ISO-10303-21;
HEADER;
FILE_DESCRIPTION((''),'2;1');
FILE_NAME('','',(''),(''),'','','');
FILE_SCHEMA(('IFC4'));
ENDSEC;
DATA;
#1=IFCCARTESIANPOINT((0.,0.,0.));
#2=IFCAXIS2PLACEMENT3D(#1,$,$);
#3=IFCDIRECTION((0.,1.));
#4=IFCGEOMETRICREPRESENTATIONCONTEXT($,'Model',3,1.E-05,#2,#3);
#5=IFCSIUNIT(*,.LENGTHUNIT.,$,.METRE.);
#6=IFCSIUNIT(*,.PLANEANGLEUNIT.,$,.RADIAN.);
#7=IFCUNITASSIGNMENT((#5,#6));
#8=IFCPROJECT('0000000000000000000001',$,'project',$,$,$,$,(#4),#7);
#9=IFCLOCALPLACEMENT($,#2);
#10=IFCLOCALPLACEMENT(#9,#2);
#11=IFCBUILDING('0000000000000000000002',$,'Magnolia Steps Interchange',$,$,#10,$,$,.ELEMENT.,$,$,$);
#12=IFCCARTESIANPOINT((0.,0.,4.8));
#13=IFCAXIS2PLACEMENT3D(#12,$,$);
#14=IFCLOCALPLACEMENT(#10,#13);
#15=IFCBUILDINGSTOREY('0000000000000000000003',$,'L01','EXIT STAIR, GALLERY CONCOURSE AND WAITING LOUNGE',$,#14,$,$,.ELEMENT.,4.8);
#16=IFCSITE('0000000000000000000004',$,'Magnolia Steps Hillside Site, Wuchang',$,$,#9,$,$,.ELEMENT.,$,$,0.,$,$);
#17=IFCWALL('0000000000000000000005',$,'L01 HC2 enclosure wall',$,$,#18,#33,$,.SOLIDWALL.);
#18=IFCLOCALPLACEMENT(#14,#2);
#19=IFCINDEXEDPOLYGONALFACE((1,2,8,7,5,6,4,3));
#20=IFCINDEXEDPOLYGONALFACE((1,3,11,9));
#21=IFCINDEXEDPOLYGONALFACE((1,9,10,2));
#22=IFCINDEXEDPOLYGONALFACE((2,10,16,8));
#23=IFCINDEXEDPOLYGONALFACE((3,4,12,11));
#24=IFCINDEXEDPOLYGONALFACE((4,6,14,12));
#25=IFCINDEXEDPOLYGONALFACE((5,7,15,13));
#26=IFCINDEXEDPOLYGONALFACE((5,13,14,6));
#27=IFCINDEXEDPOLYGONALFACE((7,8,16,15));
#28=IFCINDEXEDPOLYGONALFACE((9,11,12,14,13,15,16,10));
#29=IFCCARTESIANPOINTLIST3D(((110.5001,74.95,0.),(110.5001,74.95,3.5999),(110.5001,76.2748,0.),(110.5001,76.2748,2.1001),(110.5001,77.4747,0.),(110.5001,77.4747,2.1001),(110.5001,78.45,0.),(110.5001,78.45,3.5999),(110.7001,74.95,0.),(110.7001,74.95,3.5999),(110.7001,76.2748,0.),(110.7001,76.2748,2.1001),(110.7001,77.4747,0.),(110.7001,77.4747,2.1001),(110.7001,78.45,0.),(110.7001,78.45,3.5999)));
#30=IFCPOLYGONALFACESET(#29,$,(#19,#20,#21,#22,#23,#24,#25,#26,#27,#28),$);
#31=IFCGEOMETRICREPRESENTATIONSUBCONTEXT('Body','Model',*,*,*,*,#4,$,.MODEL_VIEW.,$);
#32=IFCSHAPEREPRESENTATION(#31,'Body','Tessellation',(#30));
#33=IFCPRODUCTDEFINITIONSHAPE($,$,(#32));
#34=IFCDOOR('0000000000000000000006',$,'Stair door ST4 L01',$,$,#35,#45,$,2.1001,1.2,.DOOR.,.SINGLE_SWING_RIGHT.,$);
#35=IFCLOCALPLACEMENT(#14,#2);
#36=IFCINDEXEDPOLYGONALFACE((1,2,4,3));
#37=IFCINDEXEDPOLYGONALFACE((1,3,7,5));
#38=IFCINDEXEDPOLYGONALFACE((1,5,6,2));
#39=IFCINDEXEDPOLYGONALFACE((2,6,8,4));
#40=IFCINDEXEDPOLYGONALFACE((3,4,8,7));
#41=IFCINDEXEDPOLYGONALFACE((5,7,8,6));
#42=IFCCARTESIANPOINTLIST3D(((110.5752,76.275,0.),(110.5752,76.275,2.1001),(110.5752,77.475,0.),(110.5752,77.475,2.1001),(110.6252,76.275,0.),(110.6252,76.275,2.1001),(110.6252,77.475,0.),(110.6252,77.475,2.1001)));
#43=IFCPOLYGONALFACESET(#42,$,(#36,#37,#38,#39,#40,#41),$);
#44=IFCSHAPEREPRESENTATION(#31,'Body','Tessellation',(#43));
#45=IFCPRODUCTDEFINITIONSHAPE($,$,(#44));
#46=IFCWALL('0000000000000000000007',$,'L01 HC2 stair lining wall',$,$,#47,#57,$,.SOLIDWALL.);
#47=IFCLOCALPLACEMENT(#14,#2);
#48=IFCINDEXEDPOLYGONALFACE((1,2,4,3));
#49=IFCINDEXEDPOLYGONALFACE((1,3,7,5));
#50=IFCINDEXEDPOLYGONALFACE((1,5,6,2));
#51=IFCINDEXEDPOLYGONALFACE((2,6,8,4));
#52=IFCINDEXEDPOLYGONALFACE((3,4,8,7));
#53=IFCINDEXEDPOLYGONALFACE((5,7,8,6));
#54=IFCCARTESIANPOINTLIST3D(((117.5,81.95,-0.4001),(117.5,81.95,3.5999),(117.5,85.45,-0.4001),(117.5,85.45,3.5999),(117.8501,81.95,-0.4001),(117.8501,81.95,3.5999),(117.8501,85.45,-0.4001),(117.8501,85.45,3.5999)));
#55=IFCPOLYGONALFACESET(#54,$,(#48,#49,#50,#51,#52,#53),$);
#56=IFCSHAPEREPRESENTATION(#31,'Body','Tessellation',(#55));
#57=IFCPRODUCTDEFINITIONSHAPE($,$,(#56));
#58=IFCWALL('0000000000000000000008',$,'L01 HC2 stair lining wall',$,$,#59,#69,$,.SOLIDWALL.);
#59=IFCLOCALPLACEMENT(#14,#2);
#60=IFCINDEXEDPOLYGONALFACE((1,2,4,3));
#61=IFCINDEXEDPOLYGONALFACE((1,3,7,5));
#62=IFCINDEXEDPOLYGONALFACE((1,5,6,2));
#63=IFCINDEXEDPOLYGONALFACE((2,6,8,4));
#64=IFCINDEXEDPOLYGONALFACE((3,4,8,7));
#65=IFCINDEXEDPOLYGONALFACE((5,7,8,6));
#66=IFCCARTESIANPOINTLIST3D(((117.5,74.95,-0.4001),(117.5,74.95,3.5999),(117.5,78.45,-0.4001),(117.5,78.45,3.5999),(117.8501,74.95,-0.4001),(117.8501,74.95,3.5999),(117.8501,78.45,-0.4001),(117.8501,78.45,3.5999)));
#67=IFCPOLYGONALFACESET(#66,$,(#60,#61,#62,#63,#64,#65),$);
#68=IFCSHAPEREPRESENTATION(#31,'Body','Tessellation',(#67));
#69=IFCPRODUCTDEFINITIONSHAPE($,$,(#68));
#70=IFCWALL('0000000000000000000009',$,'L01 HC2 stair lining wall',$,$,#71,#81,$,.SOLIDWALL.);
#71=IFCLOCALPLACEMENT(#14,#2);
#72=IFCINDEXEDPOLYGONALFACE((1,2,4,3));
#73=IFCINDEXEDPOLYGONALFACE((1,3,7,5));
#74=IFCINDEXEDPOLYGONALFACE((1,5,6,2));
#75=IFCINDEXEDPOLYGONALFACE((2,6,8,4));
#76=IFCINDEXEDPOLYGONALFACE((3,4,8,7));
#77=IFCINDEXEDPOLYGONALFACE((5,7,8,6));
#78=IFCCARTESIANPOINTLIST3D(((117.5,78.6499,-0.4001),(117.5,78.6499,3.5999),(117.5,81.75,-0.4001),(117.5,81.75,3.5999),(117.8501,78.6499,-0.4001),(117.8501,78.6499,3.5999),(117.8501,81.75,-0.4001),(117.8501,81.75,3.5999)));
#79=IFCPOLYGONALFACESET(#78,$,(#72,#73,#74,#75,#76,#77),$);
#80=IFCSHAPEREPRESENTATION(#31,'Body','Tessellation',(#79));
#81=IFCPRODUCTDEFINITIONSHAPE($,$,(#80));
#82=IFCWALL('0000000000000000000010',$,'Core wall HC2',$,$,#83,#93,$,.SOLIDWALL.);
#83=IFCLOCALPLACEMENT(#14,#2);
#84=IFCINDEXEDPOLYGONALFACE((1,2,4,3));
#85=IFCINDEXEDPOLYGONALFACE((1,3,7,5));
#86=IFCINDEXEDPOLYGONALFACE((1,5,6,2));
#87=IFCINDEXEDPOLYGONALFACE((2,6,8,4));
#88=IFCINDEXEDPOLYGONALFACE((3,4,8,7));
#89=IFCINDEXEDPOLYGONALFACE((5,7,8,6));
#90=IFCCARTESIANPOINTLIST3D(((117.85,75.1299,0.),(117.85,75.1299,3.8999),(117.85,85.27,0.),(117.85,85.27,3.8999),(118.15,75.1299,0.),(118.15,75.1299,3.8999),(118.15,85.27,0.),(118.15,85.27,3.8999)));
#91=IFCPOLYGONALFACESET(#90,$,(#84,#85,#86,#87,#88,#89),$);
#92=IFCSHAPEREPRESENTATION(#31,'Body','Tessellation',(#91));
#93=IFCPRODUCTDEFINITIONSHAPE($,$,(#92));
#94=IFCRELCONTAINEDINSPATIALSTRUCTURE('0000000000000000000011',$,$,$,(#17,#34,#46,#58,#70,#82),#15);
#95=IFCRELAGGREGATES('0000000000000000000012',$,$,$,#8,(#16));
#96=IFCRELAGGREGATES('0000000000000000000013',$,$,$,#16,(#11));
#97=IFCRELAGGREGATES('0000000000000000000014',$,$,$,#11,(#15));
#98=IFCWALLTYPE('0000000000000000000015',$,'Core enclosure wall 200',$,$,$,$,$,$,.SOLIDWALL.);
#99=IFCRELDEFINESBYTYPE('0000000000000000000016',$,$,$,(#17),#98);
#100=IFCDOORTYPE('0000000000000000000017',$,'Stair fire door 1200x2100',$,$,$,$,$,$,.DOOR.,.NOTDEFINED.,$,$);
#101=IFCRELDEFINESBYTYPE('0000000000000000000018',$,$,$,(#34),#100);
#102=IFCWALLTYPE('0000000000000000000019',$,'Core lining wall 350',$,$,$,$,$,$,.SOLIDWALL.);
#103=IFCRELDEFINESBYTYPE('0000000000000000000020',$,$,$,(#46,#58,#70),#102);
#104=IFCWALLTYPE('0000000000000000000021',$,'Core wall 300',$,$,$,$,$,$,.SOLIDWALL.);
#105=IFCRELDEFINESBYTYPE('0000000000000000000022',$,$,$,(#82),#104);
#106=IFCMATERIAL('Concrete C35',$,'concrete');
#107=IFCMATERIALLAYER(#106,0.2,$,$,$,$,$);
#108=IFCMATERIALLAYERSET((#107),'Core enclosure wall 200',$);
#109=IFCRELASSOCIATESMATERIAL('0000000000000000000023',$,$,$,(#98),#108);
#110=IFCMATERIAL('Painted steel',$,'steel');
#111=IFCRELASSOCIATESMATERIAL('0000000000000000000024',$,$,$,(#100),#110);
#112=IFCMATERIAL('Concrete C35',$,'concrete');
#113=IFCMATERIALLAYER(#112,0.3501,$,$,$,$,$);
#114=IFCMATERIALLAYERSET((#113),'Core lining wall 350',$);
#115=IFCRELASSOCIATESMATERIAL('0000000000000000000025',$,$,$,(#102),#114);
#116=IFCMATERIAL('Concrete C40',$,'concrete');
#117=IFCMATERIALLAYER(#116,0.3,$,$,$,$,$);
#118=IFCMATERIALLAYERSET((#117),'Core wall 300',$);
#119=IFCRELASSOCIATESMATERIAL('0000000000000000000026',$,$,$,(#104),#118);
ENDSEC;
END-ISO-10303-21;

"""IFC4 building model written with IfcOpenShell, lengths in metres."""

from ifc_helpers import new_model, si_unit, direction, frame, frame_2d, origin, place, context, subcontext, project, spatial, rectangle, extrude, material, layer, layer_set, type_object, element, fill, save


model = new_model("IFC4")

# Units and contexts
model_context = context("Model", 3, precision=1e-05, world=origin(), true_north=direction((0.0, 1.0)))
body_context = subcontext(model_context, "Body", "Model", "MODEL_VIEW")
ifc_project = project(units=[si_unit("LENGTHUNIT", "METRE"), si_unit("PLANEANGLEUNIT", "RADIAN")], contexts=[model_context])

# Site, building, storey
site_placement = place(None, origin())
site = spatial("IfcSite", under=ifc_project, at=site_placement, Name="Magnolia Steps Hillside Site, Wuchang", CompositionType="ELEMENT", RefElevation=0.0)
building_placement = place(site_placement, origin())
building = spatial("IfcBuilding", under=site, at=building_placement, Name="Magnolia Steps Interchange", CompositionType="ELEMENT")
storey_placement = place(building_placement, frame((0.0, 0.0, 4.8)))
storey = spatial("IfcBuildingStorey", under=building, at=storey_placement, Name="L01", Description="EXIT STAIR, GALLERY CONCOURSE AND WAITING LOUNGE", CompositionType="ELEMENT", Elevation=4.8)

# Wall, opening, door
ifc_material_1 = material(Name="Concrete C35", Category="concrete")
ifc_layer_1 = layer(ifc_material_1, 0.2)
ifc_layer_set_1 = layer_set([ifc_layer_1], Name="Core enclosure wall 200")
wall_type_1 = type_object("IfcWallType", Name="Core enclosure wall 200", PredefinedType="SOLIDWALL", material=ifc_layer_set_1)
ifc_material_2 = material(Name="Painted steel", Category="steel")
door_type_1 = type_object("IfcDoorType", Name="Stair fire door 1200x2100", OperationType="NOTDEFINED", PredefinedType="DOOR", material=ifc_material_2)
wall_1_placement = place(storey_placement, frame((110.6001, 78.45, 0.0), z_axis=(0.0, 0.0, 1.0), x_axis=(0.0, -1.0, 0.0)))
wall_1 = element("IfcWall", 1, at=wall_1_placement, inside=storey, type_object=wall_type_1, Name="L01 HC2 enclosure wall", PredefinedType="SOLIDWALL", context=body_context, shape_type="SweptSolid", body=[
    extrude(rectangle(XDim=3.5, YDim=0.2, at=frame_2d((1.75, 0.0))), origin(), (0.0, 0.0, 1.0), 3.5999),
])
opening_1_placement = place(wall_1_placement, frame((0.9751, 0.0, 0.0)))
opening_1 = element("IfcOpeningElement", 2, at=opening_1_placement, cuts=wall_1, PredefinedType="OPENING", context=body_context, shape_type="SweptSolid", body=[
    extrude(rectangle(XDim=1.2, YDim=2.1001, at=frame_2d((0.6001, 1.05))), frame((0.0, 0.1099, 0.0), z_axis=(0.0, -1.0, 0.0), x_axis=(1.0, 0.0, 0.0)), (0.0, 0.0, 1.0), 0.22),
])
door_1_placement = place(opening_1_placement, frame((1.2, 0.0, 0.0), z_axis=(0.0, 0.0, 1.0), x_axis=(-1.0, 0.0, 0.0)))
door_1 = element("IfcDoor", 3, at=door_1_placement, inside=storey, type_object=door_type_1, Name="Stair door ST4 L01", OperationType="SINGLE_SWING_RIGHT", OverallHeight=2.1001, OverallWidth=1.2, PredefinedType="DOOR", context=body_context, shape_type="SweptSolid", body=[
    extrude(rectangle(XDim=1.2, YDim=2.1001, at=frame_2d((0.6001, 1.05))), frame((0.0, 0.0249, 0.0), z_axis=(0.0, -1.0, 0.0), x_axis=(1.0, 0.0, 0.0)), (0.0, 0.0, 1.0), 0.05),
])
fill(opening_1, door_1)

# Walls
ifc_material_3 = material(Name="Concrete C35", Category="concrete")
ifc_layer_2 = layer(ifc_material_3, 0.3501)
ifc_layer_set_2 = layer_set([ifc_layer_2], Name="Core lining wall 350")
wall_type_2 = type_object("IfcWallType", Name="Core lining wall 350", PredefinedType="SOLIDWALL", material=ifc_layer_set_2)
for number, where, z_axis, x_axis, name in (
    (4, (117.675, 85.45, -0.4001), (0.0, 0.0, 1.0), (0.0, -1.0, 0.0), "L01 HC2 stair lining wall"),
    (5, (117.675, 78.45, -0.4001), (0.0, 0.0, 1.0), (0.0, -1.0, 0.0), "L01 HC2 stair lining wall"),
):
    element("IfcWall", number, at=place(storey_placement, frame(where, z_axis=z_axis, x_axis=x_axis)), inside=storey, type_object=wall_type_2, Name=name, PredefinedType="SOLIDWALL", context=body_context, shape_type="SweptSolid", body=[
        extrude(rectangle(XDim=3.5, YDim=0.3501, at=frame_2d((1.75, 0.0))), origin(), (0.0, 0.0, 1.0), 4.0),
    ])
wall_2_placement = place(storey_placement, frame((117.675, 81.75, -0.4001), z_axis=(0.0, 0.0, 1.0), x_axis=(0.0, -1.0, 0.0)))
element("IfcWall", 6, at=wall_2_placement, inside=storey, type_object=wall_type_2, Name="L01 HC2 stair lining wall", PredefinedType="SOLIDWALL", context=body_context, shape_type="SweptSolid", body=[
    extrude(rectangle(XDim=3.1001, YDim=0.3501, at=frame_2d((1.55, 0.0))), origin(), (0.0, 0.0, 1.0), 4.0),
])
ifc_material_4 = material(Name="Concrete C40", Category="concrete")
ifc_layer_3 = layer(ifc_material_4, 0.3)
ifc_layer_set_3 = layer_set([ifc_layer_3], Name="Core wall 300")
wall_type_3 = type_object("IfcWallType", Name="Core wall 300", PredefinedType="SOLIDWALL", material=ifc_layer_set_3)
wall_3_placement = place(storey_placement, frame((118.0, 75.1299, 0.0), z_axis=(0.0, 0.0, 1.0), x_axis=(0.0, 1.0, 0.0)))
element("IfcWall", 7, at=wall_3_placement, inside=storey, type_object=wall_type_3, Name="Core wall HC2", PredefinedType="SOLIDWALL", context=body_context, shape_type="SweptSolid", body=[
    extrude(rectangle(XDim=10.1401, YDim=0.3, at=frame_2d((5.0701, 0.0))), origin(), (0.0, 0.0, 1.0), 3.8999),
])

save(model, "model.ifc")
